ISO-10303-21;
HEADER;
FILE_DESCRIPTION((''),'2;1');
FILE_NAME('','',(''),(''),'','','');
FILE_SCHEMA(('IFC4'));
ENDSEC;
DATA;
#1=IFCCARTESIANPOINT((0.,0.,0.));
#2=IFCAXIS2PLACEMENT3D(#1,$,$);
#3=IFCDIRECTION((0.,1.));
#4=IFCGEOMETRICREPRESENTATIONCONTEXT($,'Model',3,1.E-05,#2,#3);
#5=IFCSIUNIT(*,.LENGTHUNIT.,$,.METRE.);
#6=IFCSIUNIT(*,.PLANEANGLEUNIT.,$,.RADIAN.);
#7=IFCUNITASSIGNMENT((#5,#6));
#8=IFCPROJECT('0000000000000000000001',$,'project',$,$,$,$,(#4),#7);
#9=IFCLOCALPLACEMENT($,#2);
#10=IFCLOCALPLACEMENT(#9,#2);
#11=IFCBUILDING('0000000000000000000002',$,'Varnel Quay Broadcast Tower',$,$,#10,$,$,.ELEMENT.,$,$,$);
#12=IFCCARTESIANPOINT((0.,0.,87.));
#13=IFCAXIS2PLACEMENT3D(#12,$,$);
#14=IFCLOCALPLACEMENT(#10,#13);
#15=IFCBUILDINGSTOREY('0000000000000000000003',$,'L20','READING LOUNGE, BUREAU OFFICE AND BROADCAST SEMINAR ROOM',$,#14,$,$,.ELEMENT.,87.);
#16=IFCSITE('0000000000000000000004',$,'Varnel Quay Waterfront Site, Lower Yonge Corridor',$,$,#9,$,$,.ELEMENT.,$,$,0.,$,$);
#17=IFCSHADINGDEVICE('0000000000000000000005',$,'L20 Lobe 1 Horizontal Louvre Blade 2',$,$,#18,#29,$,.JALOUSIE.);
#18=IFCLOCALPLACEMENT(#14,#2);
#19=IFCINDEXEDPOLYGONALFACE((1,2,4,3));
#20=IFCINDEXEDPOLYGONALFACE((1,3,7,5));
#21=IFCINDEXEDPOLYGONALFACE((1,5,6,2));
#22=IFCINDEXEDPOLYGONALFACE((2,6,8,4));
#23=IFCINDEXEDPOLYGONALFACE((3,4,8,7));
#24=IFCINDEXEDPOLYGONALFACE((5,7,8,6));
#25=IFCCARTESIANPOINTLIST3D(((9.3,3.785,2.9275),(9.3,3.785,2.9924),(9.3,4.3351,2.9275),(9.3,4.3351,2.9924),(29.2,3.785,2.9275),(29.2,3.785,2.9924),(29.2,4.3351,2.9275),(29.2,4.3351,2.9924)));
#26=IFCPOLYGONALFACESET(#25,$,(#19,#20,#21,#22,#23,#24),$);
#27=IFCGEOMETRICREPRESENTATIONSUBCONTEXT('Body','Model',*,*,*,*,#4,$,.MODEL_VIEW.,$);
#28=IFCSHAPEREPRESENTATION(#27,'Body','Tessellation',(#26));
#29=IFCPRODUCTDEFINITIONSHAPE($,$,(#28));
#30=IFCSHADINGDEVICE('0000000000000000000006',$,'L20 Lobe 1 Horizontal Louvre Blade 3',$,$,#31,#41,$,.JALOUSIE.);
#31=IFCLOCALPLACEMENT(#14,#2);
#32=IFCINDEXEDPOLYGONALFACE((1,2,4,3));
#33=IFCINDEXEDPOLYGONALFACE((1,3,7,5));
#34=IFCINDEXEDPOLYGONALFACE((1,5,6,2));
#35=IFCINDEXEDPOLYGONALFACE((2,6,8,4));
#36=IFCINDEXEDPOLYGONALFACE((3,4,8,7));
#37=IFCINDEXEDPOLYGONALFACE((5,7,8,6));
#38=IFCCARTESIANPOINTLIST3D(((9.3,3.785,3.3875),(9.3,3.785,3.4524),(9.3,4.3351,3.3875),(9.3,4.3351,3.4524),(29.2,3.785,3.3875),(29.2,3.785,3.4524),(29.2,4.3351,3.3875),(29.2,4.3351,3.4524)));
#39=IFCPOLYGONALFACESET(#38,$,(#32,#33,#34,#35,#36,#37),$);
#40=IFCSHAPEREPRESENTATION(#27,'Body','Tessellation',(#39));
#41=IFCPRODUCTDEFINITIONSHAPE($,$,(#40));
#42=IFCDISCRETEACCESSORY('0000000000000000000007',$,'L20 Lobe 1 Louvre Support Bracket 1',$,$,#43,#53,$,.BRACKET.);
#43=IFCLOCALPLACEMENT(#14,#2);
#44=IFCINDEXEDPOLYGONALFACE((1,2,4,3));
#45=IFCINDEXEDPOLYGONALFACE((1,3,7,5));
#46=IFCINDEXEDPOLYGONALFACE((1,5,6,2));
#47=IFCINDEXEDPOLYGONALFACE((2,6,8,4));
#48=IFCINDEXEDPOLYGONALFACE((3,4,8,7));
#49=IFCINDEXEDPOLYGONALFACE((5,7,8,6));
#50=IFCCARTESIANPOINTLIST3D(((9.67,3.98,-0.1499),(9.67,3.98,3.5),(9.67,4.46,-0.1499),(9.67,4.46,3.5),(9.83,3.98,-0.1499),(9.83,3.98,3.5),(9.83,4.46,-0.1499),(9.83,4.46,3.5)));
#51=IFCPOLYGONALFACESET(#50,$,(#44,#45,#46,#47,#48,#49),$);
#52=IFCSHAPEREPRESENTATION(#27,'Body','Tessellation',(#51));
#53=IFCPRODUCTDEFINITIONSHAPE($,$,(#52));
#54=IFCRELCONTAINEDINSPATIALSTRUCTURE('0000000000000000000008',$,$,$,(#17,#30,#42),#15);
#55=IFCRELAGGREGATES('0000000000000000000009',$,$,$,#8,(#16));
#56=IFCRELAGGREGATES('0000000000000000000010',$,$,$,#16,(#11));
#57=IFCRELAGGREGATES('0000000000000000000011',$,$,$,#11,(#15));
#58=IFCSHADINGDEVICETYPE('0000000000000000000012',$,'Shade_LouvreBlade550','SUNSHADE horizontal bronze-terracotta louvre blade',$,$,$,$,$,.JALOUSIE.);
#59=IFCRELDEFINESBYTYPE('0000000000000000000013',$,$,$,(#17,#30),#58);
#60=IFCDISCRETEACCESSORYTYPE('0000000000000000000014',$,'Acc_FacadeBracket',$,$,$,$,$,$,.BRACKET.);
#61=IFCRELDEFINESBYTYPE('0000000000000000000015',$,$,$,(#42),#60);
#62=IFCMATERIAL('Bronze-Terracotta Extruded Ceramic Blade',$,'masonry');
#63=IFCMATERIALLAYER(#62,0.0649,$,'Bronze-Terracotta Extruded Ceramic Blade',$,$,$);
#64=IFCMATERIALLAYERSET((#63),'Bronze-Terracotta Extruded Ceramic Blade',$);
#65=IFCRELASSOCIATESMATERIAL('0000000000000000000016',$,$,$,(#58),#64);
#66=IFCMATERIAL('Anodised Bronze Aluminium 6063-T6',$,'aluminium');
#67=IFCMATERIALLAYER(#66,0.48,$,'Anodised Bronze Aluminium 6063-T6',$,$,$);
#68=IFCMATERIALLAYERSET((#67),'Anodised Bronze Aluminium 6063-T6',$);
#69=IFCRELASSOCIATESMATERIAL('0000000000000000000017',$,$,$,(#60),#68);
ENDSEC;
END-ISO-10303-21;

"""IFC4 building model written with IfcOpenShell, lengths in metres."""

from ifc_helpers import new_model, si_unit, direction, frame, origin, origin_2d, place, context, subcontext, project, spatial, rectangle, extrude, source, transform, mapped, material, layer, layer_set, type_object, type_shapes, element, save


model = new_model("IFC4")

# Units and contexts
model_context = context("Model", 3, precision=1e-05, world=origin(), true_north=direction((0.0, 1.0)))
body_context = subcontext(model_context, "Body", "Model", "MODEL_VIEW")
ifc_project = project(units=[si_unit("LENGTHUNIT", "METRE"), si_unit("PLANEANGLEUNIT", "RADIAN")], contexts=[model_context])

# Site, building, storey
site_placement = place(None, origin())
site = spatial("IfcSite", under=ifc_project, at=site_placement, Name="Varnel Quay Waterfront Site, Lower Yonge Corridor", CompositionType="ELEMENT", RefElevation=0.0)
building_placement = place(site_placement, origin())
building = spatial("IfcBuilding", under=site, at=building_placement, Name="Varnel Quay Broadcast Tower", CompositionType="ELEMENT")
storey_placement = place(building_placement, frame((0.0, 0.0, 87.0)))
storey = spatial("IfcBuildingStorey", under=building, at=storey_placement, Name="L20", Description="READING LOUNGE, BUREAU OFFICE AND BROADCAST SEMINAR ROOM", CompositionType="ELEMENT", Elevation=87.0)

# Shared definitions
ifc_material_1 = material(Name="Anodised Bronze Aluminium 6063-T6", Category="aluminium")

# Shared definitions
ifc_material_2 = material(Name="Bronze-Terracotta Extruded Ceramic Blade", Category="masonry")

# Shading devices
ifc_layer_1 = layer(ifc_material_2, 0.0649, Name="Bronze-Terracotta Extruded Ceramic Blade")
ifc_layer_set_1 = layer_set([ifc_layer_1], Name="Bronze-Terracotta Extruded Ceramic Blade")
shading_device_type = type_object("IfcShadingDeviceType", Name="Shade_LouvreBlade550", Description="SUNSHADE horizontal bronze-terracotta louvre blade", PredefinedType="JALOUSIE", material=ifc_layer_set_1)
shared_shape_1 = source(origin(), body_context, "Body", "SweptSolid", [
    extrude(rectangle(XDim=19.8999, YDim=0.55, at=origin_2d()), origin(), (0.0, 0.0, 1.0), 0.0649),
])
type_shapes(shading_device_type, [shared_shape_1])
for number, where, z_axis, x_axis, name in (
    (1, (19.25, 4.0601, 2.9275), (0.0, 0.0, 1.0), (1.0, 0.0, 0.0), "L20 Lobe 1 Horizontal Louvre Blade 2"),
    (2, (19.25, 4.0601, 3.3875), (0.0, 0.0, 1.0), (1.0, 0.0, 0.0), "L20 Lobe 1 Horizontal Louvre Blade 3"),
):
    element("IfcShadingDevice", number, at=place(storey_placement, frame(where, z_axis=z_axis, x_axis=x_axis)), inside=storey, type_object=shading_device_type, Name=name, PredefinedType="JALOUSIE", context=body_context, shape_type="MappedRepresentation", body=[
        mapped(shared_shape_1, transform((0.0, 0.0, 0.0), x_axis=(1.0, 0.0, 0.0), y_axis=(0.0, 1.0, 0.0), z_axis=(0.0, 0.0, 1.0), scale=1.0)),
    ])

# Discrete accessory
ifc_layer_2 = layer(ifc_material_1, 0.48, Name="Anodised Bronze Aluminium 6063-T6")
ifc_layer_set_2 = layer_set([ifc_layer_2], Name="Anodised Bronze Aluminium 6063-T6")
discrete_accessory_type = type_object("IfcDiscreteAccessoryType", Name="Acc_FacadeBracket", PredefinedType="BRACKET", material=ifc_layer_set_2)
shared_shape_2 = source(origin(), body_context, "Body", "SweptSolid", [
    extrude(rectangle(XDim=0.1599, YDim=0.48, at=origin_2d()), origin(), (0.0, 0.0, 1.0), 3.6499),
])
type_shapes(discrete_accessory_type, [shared_shape_2])
discrete_accessory_placement = place(storey_placement, frame((9.75, 4.22, -0.1499), z_axis=(0.0, 0.0, 1.0), x_axis=(1.0, 0.0, 0.0)))
element("IfcDiscreteAccessory", 3, at=discrete_accessory_placement, inside=storey, type_object=discrete_accessory_type, Name="L20 Lobe 1 Louvre Support Bracket 1", PredefinedType="BRACKET", context=body_context, shape_type="MappedRepresentation", body=[
    mapped(shared_shape_2, transform((0.0, 0.0, 0.0), x_axis=(1.0, 0.0, 0.0), y_axis=(0.0, 1.0, 0.0), z_axis=(0.0, 0.0, 1.0), scale=1.0)),
])

save(model, "model.ifc")
